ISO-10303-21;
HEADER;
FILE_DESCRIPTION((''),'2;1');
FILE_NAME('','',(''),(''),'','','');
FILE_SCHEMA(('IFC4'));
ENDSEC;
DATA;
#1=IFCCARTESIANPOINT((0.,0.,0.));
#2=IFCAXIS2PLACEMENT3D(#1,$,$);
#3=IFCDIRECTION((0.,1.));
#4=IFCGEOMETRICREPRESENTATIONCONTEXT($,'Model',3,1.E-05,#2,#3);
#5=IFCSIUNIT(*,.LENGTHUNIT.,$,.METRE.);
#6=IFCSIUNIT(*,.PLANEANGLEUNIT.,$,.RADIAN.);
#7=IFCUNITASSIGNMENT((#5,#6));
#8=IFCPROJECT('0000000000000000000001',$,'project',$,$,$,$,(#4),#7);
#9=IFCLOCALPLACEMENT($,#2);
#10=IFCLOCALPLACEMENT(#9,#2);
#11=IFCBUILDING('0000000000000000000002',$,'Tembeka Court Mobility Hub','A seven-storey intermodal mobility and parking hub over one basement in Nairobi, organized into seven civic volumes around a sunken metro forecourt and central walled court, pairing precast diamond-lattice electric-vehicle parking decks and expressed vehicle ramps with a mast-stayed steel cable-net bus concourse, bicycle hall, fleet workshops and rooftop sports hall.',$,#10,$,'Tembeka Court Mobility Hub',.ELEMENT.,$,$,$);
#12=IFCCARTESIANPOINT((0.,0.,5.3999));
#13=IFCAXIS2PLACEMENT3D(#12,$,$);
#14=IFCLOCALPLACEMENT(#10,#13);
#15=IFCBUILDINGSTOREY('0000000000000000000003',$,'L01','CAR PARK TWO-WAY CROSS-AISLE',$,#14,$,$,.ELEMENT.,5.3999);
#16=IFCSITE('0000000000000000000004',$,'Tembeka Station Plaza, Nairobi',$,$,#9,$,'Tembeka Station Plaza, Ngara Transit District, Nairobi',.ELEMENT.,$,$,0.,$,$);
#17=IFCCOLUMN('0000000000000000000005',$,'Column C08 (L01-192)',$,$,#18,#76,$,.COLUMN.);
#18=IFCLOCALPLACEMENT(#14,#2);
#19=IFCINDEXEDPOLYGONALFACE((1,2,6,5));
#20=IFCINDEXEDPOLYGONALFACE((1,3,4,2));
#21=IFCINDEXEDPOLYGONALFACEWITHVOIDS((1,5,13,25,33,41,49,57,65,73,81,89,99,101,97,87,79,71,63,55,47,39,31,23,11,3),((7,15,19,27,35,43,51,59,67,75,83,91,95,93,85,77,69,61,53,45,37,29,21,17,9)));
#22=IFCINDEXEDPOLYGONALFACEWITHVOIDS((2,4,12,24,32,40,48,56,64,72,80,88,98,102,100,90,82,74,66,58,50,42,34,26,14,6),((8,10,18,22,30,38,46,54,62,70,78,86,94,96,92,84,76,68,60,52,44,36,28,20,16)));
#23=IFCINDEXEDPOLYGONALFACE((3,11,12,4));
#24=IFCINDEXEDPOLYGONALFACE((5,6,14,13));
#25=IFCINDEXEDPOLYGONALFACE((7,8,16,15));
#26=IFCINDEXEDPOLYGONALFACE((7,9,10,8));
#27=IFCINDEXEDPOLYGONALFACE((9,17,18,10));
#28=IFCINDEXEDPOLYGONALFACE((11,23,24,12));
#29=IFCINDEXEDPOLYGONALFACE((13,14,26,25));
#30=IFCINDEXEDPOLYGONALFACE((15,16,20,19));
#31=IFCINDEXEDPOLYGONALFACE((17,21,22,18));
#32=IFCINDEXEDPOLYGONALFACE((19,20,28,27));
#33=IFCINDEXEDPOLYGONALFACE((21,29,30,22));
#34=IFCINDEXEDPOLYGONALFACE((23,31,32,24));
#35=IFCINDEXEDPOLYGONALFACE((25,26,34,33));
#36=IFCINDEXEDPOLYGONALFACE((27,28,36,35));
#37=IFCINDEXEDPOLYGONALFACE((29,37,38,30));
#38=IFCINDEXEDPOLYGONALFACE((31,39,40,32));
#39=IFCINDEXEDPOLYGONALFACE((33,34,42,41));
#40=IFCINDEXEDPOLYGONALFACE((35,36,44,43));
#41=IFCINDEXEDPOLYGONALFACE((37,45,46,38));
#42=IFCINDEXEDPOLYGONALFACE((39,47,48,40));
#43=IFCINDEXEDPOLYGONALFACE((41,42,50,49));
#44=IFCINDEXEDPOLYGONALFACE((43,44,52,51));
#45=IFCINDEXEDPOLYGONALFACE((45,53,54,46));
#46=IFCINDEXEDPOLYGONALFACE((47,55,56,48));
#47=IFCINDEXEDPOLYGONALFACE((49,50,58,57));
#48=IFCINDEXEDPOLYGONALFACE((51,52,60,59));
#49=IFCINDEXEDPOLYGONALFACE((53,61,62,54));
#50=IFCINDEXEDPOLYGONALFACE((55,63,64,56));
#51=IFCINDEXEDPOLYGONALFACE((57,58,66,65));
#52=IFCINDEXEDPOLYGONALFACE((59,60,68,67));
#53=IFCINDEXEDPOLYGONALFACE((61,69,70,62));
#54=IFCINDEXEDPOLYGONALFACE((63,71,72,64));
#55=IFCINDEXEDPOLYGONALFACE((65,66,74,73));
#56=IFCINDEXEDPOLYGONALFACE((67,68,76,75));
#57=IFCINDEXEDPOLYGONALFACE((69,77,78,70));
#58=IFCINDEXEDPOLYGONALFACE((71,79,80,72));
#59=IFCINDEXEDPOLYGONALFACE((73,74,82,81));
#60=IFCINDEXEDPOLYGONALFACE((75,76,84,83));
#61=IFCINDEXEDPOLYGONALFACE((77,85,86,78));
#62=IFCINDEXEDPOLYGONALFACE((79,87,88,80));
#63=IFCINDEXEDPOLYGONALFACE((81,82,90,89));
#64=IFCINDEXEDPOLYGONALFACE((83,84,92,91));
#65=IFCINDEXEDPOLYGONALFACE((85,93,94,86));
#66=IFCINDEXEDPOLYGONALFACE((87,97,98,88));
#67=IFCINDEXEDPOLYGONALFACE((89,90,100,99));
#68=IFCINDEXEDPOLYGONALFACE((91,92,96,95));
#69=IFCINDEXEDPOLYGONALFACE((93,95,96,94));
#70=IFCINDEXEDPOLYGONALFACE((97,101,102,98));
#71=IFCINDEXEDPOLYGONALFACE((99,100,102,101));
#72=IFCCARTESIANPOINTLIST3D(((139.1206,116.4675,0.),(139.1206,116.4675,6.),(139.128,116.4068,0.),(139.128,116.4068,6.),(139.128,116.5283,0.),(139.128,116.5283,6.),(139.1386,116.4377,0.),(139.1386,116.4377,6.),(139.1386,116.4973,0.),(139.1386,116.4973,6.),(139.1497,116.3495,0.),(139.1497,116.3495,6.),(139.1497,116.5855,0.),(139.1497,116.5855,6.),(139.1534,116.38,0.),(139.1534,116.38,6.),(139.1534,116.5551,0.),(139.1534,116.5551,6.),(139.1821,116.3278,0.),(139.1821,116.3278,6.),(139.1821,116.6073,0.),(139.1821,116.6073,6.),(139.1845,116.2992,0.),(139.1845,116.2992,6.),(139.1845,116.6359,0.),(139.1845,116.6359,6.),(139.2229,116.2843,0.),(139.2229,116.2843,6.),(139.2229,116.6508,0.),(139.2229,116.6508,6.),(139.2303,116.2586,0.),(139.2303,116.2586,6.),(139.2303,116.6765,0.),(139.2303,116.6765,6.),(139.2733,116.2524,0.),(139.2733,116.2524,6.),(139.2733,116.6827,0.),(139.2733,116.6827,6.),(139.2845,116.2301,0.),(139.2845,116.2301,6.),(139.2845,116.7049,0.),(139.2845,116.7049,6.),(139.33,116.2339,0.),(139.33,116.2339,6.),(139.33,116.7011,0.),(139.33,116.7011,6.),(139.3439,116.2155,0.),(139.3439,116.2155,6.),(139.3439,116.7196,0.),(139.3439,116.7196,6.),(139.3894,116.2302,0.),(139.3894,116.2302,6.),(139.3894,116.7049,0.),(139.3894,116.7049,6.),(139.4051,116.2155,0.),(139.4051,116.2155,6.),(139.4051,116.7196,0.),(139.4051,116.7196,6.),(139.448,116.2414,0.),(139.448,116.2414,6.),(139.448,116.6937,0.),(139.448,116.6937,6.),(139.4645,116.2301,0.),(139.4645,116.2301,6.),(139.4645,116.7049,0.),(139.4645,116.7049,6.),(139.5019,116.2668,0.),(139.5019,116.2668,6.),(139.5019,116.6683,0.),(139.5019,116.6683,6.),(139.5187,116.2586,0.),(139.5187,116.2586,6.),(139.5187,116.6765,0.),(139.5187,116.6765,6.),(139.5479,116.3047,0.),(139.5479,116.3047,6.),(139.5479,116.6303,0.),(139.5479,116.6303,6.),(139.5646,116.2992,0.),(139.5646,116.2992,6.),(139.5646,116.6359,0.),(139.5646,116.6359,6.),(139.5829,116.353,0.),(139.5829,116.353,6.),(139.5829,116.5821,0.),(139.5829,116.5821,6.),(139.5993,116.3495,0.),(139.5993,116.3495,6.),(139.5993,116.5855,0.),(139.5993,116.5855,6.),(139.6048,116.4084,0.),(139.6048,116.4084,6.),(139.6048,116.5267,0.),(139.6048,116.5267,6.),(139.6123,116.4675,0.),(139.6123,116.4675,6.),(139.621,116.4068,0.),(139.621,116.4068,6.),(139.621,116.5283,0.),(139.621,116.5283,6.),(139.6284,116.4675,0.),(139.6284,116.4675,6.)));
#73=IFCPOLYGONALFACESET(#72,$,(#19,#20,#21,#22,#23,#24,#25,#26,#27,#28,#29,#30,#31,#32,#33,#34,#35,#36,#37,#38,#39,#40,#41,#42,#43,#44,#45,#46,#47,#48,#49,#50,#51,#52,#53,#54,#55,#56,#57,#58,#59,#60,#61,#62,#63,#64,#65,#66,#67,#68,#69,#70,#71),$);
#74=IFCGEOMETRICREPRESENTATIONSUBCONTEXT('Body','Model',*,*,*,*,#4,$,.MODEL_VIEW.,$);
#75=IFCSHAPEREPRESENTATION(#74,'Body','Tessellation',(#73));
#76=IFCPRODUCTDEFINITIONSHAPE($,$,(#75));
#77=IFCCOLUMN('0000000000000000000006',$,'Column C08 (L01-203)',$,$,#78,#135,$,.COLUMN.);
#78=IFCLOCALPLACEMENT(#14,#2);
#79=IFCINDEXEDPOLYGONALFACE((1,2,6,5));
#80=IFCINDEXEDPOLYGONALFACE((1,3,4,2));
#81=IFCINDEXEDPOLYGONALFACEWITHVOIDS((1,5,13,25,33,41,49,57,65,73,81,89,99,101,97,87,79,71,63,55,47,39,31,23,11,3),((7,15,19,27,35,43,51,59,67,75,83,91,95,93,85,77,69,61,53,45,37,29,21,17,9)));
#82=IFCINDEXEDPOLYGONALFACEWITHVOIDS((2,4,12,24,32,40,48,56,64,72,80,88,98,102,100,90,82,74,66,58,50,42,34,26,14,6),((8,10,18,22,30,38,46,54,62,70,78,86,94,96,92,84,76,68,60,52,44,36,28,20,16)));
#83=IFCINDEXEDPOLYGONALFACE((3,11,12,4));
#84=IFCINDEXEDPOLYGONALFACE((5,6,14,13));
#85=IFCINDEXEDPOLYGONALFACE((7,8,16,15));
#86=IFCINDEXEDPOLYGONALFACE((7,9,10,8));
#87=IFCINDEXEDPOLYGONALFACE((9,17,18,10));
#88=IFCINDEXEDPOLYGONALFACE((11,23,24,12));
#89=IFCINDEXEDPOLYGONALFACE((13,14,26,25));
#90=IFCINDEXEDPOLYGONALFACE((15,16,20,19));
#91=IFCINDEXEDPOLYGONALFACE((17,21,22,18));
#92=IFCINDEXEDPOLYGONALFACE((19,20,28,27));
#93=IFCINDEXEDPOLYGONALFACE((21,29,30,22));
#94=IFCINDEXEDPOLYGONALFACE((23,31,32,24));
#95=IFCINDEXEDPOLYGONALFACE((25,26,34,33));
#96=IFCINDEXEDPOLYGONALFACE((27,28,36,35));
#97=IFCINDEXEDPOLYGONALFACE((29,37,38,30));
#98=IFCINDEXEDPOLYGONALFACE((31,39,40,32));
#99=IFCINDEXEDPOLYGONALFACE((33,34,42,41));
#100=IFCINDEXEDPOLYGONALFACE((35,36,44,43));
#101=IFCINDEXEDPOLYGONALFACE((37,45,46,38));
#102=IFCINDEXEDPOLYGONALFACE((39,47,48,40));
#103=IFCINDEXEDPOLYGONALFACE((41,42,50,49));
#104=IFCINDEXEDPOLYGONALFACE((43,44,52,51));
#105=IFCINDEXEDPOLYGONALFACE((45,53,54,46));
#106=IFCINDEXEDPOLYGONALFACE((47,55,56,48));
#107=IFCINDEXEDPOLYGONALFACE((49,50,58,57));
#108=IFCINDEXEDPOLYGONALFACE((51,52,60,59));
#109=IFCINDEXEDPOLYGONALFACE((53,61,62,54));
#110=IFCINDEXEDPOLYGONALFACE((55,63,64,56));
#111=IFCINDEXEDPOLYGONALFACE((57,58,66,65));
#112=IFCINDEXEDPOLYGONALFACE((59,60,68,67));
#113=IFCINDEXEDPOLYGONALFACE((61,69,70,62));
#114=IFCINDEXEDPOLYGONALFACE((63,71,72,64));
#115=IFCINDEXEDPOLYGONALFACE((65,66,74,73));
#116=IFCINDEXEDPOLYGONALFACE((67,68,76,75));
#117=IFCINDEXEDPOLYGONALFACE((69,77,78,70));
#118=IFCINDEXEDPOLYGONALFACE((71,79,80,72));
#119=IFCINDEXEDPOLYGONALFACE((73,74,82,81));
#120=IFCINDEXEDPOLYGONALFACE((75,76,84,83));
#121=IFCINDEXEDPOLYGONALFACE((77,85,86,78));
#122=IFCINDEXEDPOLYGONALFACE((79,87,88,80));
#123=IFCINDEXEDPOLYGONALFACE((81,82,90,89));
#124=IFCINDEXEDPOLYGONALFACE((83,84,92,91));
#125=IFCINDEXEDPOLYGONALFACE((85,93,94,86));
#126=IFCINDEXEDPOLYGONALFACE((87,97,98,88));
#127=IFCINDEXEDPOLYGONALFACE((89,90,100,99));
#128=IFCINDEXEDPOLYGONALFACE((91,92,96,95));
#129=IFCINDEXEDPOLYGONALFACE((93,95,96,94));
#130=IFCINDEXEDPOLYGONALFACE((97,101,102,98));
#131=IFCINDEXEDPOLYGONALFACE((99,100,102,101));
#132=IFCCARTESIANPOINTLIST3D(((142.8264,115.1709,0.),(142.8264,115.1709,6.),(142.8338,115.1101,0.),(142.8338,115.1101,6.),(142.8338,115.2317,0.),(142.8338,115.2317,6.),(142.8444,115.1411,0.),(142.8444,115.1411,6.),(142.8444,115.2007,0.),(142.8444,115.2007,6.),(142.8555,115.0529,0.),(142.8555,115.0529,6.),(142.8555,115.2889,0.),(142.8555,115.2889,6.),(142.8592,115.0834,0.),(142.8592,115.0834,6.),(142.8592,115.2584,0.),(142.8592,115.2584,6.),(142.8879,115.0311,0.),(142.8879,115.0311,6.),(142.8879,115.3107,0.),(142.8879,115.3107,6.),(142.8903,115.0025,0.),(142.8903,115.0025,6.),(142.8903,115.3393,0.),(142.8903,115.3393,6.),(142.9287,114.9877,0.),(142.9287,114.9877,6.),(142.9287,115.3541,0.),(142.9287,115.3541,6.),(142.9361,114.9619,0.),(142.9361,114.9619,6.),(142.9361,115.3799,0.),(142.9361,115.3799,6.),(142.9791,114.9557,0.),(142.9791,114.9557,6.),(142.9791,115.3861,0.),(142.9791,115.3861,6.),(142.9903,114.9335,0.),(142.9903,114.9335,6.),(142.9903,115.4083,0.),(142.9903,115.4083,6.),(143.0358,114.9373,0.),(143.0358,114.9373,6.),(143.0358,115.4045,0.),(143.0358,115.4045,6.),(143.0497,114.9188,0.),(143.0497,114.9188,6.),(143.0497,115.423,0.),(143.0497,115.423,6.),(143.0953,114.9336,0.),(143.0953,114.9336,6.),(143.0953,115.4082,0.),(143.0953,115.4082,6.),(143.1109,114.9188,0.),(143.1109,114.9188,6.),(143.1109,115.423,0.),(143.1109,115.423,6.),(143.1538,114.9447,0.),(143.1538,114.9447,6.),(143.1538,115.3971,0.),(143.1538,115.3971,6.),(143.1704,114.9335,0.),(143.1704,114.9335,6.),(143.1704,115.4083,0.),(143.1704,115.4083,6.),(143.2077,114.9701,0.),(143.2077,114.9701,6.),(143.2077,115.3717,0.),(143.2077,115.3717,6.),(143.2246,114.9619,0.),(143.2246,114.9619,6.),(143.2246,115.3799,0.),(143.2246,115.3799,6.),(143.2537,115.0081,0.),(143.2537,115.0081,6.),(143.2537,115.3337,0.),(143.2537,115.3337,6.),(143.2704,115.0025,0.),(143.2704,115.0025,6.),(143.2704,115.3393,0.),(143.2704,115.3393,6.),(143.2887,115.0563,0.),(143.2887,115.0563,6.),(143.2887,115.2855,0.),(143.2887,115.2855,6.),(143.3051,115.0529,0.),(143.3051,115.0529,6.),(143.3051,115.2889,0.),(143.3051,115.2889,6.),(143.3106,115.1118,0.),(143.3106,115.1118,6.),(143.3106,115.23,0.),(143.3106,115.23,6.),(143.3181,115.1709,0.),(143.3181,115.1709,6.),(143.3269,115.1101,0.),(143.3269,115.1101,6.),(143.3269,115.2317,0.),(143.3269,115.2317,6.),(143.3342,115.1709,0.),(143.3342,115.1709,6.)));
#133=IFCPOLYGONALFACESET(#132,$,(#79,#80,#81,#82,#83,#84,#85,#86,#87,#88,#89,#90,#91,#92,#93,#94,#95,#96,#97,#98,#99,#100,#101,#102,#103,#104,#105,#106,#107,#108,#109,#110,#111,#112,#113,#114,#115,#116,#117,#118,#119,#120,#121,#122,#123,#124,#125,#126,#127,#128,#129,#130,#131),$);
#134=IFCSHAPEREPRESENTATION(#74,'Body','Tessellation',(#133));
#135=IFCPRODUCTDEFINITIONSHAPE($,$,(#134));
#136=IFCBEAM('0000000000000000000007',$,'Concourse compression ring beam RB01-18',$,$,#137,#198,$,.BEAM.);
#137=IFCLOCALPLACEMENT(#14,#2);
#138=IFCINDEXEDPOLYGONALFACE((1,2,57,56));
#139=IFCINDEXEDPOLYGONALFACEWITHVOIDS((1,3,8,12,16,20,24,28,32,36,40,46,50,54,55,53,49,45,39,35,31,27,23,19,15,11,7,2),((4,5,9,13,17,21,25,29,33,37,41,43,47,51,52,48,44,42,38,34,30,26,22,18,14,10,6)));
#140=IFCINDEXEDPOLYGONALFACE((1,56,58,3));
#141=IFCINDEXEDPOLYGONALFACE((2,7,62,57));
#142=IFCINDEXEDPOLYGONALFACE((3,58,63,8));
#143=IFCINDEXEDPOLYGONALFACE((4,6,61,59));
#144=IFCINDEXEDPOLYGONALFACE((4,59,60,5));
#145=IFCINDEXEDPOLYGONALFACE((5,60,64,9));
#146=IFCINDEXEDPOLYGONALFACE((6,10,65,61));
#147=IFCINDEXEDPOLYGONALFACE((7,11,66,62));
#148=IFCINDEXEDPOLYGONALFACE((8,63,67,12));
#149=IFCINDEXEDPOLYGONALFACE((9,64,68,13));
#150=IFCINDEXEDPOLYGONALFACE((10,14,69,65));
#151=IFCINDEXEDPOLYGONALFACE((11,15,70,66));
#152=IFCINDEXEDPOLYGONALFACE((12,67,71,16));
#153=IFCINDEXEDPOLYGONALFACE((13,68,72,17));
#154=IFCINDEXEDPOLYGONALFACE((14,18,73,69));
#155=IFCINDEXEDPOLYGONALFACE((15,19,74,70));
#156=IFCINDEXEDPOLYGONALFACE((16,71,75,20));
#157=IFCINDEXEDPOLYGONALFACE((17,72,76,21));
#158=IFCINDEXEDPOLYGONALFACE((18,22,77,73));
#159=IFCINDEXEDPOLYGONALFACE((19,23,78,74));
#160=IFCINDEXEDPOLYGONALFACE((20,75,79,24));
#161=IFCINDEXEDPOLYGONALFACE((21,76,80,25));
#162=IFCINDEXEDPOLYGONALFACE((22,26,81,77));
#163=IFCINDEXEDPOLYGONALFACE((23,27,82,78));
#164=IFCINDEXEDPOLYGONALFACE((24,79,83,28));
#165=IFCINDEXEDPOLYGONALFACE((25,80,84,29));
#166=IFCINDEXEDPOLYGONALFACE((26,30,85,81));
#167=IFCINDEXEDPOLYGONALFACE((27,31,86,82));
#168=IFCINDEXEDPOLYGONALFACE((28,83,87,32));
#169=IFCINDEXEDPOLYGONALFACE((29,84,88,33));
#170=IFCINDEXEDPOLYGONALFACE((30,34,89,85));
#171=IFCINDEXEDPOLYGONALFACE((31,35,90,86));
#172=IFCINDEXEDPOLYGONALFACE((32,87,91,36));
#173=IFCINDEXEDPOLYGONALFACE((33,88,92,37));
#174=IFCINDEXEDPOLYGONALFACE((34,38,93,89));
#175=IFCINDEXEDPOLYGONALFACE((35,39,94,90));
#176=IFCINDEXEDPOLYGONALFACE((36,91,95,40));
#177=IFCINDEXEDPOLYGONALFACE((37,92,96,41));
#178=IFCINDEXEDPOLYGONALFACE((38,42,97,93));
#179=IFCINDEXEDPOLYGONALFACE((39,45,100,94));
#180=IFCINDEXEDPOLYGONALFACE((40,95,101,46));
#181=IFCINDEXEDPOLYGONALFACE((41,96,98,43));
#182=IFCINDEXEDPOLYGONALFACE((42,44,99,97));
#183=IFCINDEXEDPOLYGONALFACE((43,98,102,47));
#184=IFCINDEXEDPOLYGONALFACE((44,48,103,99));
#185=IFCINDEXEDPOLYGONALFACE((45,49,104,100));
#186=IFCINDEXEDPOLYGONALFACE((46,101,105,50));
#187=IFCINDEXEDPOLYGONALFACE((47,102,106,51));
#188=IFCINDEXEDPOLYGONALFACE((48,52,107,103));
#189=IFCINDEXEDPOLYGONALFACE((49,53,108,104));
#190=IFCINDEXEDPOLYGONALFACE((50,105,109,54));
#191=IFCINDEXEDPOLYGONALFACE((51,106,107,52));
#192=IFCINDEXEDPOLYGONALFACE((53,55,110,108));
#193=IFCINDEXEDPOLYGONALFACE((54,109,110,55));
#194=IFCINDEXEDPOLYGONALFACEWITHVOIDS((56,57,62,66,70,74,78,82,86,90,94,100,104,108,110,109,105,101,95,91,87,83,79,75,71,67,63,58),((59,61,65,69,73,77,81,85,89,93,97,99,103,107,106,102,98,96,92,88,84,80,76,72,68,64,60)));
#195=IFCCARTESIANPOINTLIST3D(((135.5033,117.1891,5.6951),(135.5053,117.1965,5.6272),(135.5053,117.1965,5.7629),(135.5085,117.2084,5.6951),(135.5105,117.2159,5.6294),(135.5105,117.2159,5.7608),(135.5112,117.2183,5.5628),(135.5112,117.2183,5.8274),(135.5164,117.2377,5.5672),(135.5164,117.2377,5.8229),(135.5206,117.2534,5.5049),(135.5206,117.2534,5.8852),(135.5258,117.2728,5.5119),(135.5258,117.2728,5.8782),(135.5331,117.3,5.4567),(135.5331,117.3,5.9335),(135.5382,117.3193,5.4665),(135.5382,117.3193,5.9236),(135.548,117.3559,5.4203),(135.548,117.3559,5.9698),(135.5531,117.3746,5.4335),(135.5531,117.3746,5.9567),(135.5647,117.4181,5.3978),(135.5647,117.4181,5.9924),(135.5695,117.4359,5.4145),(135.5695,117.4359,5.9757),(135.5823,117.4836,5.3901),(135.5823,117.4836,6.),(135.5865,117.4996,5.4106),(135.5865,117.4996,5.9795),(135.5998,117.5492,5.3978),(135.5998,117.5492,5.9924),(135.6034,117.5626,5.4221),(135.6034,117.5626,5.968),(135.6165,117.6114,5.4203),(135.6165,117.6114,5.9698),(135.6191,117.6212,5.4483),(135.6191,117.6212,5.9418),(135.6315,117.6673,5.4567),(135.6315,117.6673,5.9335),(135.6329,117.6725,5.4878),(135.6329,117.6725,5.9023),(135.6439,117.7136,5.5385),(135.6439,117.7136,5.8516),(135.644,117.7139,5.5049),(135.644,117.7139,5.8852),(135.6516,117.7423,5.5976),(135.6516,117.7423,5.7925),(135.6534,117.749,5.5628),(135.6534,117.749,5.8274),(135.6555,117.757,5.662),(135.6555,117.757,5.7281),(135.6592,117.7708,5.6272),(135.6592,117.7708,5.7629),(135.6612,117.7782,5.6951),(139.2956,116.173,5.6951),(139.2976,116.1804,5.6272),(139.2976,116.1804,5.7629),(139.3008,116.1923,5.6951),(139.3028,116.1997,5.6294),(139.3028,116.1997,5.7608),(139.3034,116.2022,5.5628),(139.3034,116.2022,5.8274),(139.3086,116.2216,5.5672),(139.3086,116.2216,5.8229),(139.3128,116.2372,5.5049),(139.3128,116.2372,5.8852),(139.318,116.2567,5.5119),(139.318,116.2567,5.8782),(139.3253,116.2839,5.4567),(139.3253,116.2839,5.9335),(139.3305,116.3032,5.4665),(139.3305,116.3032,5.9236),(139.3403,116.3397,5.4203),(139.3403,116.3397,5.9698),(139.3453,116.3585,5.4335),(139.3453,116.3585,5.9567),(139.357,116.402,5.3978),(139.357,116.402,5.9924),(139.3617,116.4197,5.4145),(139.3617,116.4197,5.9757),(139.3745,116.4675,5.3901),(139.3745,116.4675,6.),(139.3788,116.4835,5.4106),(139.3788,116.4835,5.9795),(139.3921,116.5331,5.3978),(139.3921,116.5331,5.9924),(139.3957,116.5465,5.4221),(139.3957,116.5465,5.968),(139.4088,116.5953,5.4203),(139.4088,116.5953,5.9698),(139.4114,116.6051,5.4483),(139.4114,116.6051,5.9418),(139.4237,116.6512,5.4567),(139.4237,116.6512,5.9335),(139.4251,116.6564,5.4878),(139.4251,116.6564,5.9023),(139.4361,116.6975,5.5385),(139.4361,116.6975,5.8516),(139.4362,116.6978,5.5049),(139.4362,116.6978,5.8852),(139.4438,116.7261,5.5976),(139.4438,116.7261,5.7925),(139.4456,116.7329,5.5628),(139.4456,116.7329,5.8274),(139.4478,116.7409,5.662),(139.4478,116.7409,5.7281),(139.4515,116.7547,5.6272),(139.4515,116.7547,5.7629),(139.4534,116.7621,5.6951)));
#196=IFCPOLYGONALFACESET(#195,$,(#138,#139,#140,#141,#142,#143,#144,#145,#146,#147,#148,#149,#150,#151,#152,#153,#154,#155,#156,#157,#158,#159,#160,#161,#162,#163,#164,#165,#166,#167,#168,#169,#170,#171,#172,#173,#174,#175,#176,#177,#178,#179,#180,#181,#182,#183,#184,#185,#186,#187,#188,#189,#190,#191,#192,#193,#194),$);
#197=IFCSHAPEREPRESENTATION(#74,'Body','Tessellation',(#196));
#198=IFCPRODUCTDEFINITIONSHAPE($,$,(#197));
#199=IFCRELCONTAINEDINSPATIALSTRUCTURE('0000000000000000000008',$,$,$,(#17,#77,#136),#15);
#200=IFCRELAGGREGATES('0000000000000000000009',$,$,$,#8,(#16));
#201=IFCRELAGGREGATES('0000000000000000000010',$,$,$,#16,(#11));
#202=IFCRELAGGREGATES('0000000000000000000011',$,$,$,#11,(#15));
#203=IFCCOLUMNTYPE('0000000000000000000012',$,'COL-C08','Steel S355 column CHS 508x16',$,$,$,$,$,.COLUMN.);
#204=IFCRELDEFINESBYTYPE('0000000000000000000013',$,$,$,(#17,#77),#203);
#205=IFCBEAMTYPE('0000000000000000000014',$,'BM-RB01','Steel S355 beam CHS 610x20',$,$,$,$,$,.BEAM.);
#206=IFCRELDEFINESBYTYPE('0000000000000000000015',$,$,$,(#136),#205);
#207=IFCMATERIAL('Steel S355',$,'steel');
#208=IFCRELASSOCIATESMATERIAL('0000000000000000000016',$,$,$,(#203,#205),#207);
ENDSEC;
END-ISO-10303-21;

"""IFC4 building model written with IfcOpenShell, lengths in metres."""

from ifc_helpers import new_model, si_unit, direction, frame, origin, origin_2d, place, context, subcontext, project, spatial, hollow_circle, extrude, material, material_profile, profile_set, type_object, element, save


model = new_model("IFC4")

# Units and contexts
model_context = context("Model", 3, precision=1e-05, world=origin(), true_north=direction((0.0, 1.0)))
body_context = subcontext(model_context, "Body", "Model", "MODEL_VIEW")
ifc_project = project(units=[si_unit("LENGTHUNIT", "METRE"), si_unit("PLANEANGLEUNIT", "RADIAN")], contexts=[model_context])

# Site, building, storey
site_placement = place(None, origin())
site = spatial("IfcSite", under=ifc_project, at=site_placement, Name="Tembeka Station Plaza, Nairobi", LongName="Tembeka Station Plaza, Ngara Transit District, Nairobi", CompositionType="ELEMENT", RefElevation=0.0)
building_placement = place(site_placement, origin())
building = spatial("IfcBuilding", under=site, at=building_placement, Name="Tembeka Court Mobility Hub", Description="A seven-storey intermodal mobility and parking hub over one basement in Nairobi, organized into seven civic volumes around a sunken metro forecourt and central walled court, pairing precast diamond-lattice electric-vehicle parking decks and expressed vehicle ramps with a mast-stayed steel cable-net bus concourse, bicycle hall, fleet workshops and rooftop sports hall.", LongName="Tembeka Court Mobility Hub", CompositionType="ELEMENT")
storey_placement = place(building_placement, frame((0.0, 0.0, 5.3999)))
storey = spatial("IfcBuildingStorey", under=building, at=storey_placement, Name="L01", Description="CAR PARK TWO-WAY CROSS-AISLE", CompositionType="ELEMENT", Elevation=5.3999)

# Columns
ifc_material_1 = material(Name="Steel S355", Category="steel")
ifc_material_profile_1 = material_profile(ifc_material_1, hollow_circle(Radius=0.2539, WallThickness=0.0161, at=origin_2d()), Name="CHS 508x16")
ifc_profile_set_1 = profile_set([ifc_material_profile_1], Name="Steel S355")
column_type = type_object("IfcColumnType", Name="COL-C08", Description="Steel S355 column CHS 508x16", PredefinedType="COLUMN", material=ifc_profile_set_1)
for number, where, z_axis, x_axis, name in (
    (1, (139.3745, 116.4675, 0.0), (0.0, 0.0, 1.0), (1.0, 0.0, 0.0), "Column C08 (L01-192)"),
    (2, (143.0803, 115.1709, 0.0), (0.0, 0.0, 1.0), (1.0, 0.0, 0.0), "Column C08 (L01-203)"),
):
    element("IfcColumn", number, at=place(storey_placement, frame(where, z_axis=z_axis, x_axis=x_axis)), inside=storey, type_object=column_type, Name=name, PredefinedType="COLUMN", context=body_context, shape_type="SweptSolid", body=[
        extrude(hollow_circle(Radius=0.2539, WallThickness=0.0161, at=origin_2d()), origin(), (0.0, 0.0, 1.0), 6.0),
    ])

# Beam
ifc_material_profile_2 = material_profile(ifc_material_1, hollow_circle(Radius=0.3049, WallThickness=0.02, at=origin_2d()), Name="CHS 610x20")
ifc_profile_set_2 = profile_set([ifc_material_profile_2], Name="Steel S355")
beam_type = type_object("IfcBeamType", Name="BM-RB01", Description="Steel S355 beam CHS 610x20", PredefinedType="BEAM", material=ifc_profile_set_2)
beam_placement = place(storey_placement, frame((139.3745, 116.4675, 5.6951), z_axis=(-0.965927, 0.258816, 0.0), x_axis=(-0.258816, -0.965927, 0.0)))
element("IfcBeam", 3, at=beam_placement, inside=storey, type_object=beam_type, Name="Concourse compression ring beam RB01-18", PredefinedType="BEAM", context=body_context, shape_type="SweptSolid", body=[
    extrude(hollow_circle(Radius=0.3049, WallThickness=0.02, at=origin_2d()), origin(), (0.0, 0.0, 1.0), 3.926),
])

save(model, "model.ifc")
